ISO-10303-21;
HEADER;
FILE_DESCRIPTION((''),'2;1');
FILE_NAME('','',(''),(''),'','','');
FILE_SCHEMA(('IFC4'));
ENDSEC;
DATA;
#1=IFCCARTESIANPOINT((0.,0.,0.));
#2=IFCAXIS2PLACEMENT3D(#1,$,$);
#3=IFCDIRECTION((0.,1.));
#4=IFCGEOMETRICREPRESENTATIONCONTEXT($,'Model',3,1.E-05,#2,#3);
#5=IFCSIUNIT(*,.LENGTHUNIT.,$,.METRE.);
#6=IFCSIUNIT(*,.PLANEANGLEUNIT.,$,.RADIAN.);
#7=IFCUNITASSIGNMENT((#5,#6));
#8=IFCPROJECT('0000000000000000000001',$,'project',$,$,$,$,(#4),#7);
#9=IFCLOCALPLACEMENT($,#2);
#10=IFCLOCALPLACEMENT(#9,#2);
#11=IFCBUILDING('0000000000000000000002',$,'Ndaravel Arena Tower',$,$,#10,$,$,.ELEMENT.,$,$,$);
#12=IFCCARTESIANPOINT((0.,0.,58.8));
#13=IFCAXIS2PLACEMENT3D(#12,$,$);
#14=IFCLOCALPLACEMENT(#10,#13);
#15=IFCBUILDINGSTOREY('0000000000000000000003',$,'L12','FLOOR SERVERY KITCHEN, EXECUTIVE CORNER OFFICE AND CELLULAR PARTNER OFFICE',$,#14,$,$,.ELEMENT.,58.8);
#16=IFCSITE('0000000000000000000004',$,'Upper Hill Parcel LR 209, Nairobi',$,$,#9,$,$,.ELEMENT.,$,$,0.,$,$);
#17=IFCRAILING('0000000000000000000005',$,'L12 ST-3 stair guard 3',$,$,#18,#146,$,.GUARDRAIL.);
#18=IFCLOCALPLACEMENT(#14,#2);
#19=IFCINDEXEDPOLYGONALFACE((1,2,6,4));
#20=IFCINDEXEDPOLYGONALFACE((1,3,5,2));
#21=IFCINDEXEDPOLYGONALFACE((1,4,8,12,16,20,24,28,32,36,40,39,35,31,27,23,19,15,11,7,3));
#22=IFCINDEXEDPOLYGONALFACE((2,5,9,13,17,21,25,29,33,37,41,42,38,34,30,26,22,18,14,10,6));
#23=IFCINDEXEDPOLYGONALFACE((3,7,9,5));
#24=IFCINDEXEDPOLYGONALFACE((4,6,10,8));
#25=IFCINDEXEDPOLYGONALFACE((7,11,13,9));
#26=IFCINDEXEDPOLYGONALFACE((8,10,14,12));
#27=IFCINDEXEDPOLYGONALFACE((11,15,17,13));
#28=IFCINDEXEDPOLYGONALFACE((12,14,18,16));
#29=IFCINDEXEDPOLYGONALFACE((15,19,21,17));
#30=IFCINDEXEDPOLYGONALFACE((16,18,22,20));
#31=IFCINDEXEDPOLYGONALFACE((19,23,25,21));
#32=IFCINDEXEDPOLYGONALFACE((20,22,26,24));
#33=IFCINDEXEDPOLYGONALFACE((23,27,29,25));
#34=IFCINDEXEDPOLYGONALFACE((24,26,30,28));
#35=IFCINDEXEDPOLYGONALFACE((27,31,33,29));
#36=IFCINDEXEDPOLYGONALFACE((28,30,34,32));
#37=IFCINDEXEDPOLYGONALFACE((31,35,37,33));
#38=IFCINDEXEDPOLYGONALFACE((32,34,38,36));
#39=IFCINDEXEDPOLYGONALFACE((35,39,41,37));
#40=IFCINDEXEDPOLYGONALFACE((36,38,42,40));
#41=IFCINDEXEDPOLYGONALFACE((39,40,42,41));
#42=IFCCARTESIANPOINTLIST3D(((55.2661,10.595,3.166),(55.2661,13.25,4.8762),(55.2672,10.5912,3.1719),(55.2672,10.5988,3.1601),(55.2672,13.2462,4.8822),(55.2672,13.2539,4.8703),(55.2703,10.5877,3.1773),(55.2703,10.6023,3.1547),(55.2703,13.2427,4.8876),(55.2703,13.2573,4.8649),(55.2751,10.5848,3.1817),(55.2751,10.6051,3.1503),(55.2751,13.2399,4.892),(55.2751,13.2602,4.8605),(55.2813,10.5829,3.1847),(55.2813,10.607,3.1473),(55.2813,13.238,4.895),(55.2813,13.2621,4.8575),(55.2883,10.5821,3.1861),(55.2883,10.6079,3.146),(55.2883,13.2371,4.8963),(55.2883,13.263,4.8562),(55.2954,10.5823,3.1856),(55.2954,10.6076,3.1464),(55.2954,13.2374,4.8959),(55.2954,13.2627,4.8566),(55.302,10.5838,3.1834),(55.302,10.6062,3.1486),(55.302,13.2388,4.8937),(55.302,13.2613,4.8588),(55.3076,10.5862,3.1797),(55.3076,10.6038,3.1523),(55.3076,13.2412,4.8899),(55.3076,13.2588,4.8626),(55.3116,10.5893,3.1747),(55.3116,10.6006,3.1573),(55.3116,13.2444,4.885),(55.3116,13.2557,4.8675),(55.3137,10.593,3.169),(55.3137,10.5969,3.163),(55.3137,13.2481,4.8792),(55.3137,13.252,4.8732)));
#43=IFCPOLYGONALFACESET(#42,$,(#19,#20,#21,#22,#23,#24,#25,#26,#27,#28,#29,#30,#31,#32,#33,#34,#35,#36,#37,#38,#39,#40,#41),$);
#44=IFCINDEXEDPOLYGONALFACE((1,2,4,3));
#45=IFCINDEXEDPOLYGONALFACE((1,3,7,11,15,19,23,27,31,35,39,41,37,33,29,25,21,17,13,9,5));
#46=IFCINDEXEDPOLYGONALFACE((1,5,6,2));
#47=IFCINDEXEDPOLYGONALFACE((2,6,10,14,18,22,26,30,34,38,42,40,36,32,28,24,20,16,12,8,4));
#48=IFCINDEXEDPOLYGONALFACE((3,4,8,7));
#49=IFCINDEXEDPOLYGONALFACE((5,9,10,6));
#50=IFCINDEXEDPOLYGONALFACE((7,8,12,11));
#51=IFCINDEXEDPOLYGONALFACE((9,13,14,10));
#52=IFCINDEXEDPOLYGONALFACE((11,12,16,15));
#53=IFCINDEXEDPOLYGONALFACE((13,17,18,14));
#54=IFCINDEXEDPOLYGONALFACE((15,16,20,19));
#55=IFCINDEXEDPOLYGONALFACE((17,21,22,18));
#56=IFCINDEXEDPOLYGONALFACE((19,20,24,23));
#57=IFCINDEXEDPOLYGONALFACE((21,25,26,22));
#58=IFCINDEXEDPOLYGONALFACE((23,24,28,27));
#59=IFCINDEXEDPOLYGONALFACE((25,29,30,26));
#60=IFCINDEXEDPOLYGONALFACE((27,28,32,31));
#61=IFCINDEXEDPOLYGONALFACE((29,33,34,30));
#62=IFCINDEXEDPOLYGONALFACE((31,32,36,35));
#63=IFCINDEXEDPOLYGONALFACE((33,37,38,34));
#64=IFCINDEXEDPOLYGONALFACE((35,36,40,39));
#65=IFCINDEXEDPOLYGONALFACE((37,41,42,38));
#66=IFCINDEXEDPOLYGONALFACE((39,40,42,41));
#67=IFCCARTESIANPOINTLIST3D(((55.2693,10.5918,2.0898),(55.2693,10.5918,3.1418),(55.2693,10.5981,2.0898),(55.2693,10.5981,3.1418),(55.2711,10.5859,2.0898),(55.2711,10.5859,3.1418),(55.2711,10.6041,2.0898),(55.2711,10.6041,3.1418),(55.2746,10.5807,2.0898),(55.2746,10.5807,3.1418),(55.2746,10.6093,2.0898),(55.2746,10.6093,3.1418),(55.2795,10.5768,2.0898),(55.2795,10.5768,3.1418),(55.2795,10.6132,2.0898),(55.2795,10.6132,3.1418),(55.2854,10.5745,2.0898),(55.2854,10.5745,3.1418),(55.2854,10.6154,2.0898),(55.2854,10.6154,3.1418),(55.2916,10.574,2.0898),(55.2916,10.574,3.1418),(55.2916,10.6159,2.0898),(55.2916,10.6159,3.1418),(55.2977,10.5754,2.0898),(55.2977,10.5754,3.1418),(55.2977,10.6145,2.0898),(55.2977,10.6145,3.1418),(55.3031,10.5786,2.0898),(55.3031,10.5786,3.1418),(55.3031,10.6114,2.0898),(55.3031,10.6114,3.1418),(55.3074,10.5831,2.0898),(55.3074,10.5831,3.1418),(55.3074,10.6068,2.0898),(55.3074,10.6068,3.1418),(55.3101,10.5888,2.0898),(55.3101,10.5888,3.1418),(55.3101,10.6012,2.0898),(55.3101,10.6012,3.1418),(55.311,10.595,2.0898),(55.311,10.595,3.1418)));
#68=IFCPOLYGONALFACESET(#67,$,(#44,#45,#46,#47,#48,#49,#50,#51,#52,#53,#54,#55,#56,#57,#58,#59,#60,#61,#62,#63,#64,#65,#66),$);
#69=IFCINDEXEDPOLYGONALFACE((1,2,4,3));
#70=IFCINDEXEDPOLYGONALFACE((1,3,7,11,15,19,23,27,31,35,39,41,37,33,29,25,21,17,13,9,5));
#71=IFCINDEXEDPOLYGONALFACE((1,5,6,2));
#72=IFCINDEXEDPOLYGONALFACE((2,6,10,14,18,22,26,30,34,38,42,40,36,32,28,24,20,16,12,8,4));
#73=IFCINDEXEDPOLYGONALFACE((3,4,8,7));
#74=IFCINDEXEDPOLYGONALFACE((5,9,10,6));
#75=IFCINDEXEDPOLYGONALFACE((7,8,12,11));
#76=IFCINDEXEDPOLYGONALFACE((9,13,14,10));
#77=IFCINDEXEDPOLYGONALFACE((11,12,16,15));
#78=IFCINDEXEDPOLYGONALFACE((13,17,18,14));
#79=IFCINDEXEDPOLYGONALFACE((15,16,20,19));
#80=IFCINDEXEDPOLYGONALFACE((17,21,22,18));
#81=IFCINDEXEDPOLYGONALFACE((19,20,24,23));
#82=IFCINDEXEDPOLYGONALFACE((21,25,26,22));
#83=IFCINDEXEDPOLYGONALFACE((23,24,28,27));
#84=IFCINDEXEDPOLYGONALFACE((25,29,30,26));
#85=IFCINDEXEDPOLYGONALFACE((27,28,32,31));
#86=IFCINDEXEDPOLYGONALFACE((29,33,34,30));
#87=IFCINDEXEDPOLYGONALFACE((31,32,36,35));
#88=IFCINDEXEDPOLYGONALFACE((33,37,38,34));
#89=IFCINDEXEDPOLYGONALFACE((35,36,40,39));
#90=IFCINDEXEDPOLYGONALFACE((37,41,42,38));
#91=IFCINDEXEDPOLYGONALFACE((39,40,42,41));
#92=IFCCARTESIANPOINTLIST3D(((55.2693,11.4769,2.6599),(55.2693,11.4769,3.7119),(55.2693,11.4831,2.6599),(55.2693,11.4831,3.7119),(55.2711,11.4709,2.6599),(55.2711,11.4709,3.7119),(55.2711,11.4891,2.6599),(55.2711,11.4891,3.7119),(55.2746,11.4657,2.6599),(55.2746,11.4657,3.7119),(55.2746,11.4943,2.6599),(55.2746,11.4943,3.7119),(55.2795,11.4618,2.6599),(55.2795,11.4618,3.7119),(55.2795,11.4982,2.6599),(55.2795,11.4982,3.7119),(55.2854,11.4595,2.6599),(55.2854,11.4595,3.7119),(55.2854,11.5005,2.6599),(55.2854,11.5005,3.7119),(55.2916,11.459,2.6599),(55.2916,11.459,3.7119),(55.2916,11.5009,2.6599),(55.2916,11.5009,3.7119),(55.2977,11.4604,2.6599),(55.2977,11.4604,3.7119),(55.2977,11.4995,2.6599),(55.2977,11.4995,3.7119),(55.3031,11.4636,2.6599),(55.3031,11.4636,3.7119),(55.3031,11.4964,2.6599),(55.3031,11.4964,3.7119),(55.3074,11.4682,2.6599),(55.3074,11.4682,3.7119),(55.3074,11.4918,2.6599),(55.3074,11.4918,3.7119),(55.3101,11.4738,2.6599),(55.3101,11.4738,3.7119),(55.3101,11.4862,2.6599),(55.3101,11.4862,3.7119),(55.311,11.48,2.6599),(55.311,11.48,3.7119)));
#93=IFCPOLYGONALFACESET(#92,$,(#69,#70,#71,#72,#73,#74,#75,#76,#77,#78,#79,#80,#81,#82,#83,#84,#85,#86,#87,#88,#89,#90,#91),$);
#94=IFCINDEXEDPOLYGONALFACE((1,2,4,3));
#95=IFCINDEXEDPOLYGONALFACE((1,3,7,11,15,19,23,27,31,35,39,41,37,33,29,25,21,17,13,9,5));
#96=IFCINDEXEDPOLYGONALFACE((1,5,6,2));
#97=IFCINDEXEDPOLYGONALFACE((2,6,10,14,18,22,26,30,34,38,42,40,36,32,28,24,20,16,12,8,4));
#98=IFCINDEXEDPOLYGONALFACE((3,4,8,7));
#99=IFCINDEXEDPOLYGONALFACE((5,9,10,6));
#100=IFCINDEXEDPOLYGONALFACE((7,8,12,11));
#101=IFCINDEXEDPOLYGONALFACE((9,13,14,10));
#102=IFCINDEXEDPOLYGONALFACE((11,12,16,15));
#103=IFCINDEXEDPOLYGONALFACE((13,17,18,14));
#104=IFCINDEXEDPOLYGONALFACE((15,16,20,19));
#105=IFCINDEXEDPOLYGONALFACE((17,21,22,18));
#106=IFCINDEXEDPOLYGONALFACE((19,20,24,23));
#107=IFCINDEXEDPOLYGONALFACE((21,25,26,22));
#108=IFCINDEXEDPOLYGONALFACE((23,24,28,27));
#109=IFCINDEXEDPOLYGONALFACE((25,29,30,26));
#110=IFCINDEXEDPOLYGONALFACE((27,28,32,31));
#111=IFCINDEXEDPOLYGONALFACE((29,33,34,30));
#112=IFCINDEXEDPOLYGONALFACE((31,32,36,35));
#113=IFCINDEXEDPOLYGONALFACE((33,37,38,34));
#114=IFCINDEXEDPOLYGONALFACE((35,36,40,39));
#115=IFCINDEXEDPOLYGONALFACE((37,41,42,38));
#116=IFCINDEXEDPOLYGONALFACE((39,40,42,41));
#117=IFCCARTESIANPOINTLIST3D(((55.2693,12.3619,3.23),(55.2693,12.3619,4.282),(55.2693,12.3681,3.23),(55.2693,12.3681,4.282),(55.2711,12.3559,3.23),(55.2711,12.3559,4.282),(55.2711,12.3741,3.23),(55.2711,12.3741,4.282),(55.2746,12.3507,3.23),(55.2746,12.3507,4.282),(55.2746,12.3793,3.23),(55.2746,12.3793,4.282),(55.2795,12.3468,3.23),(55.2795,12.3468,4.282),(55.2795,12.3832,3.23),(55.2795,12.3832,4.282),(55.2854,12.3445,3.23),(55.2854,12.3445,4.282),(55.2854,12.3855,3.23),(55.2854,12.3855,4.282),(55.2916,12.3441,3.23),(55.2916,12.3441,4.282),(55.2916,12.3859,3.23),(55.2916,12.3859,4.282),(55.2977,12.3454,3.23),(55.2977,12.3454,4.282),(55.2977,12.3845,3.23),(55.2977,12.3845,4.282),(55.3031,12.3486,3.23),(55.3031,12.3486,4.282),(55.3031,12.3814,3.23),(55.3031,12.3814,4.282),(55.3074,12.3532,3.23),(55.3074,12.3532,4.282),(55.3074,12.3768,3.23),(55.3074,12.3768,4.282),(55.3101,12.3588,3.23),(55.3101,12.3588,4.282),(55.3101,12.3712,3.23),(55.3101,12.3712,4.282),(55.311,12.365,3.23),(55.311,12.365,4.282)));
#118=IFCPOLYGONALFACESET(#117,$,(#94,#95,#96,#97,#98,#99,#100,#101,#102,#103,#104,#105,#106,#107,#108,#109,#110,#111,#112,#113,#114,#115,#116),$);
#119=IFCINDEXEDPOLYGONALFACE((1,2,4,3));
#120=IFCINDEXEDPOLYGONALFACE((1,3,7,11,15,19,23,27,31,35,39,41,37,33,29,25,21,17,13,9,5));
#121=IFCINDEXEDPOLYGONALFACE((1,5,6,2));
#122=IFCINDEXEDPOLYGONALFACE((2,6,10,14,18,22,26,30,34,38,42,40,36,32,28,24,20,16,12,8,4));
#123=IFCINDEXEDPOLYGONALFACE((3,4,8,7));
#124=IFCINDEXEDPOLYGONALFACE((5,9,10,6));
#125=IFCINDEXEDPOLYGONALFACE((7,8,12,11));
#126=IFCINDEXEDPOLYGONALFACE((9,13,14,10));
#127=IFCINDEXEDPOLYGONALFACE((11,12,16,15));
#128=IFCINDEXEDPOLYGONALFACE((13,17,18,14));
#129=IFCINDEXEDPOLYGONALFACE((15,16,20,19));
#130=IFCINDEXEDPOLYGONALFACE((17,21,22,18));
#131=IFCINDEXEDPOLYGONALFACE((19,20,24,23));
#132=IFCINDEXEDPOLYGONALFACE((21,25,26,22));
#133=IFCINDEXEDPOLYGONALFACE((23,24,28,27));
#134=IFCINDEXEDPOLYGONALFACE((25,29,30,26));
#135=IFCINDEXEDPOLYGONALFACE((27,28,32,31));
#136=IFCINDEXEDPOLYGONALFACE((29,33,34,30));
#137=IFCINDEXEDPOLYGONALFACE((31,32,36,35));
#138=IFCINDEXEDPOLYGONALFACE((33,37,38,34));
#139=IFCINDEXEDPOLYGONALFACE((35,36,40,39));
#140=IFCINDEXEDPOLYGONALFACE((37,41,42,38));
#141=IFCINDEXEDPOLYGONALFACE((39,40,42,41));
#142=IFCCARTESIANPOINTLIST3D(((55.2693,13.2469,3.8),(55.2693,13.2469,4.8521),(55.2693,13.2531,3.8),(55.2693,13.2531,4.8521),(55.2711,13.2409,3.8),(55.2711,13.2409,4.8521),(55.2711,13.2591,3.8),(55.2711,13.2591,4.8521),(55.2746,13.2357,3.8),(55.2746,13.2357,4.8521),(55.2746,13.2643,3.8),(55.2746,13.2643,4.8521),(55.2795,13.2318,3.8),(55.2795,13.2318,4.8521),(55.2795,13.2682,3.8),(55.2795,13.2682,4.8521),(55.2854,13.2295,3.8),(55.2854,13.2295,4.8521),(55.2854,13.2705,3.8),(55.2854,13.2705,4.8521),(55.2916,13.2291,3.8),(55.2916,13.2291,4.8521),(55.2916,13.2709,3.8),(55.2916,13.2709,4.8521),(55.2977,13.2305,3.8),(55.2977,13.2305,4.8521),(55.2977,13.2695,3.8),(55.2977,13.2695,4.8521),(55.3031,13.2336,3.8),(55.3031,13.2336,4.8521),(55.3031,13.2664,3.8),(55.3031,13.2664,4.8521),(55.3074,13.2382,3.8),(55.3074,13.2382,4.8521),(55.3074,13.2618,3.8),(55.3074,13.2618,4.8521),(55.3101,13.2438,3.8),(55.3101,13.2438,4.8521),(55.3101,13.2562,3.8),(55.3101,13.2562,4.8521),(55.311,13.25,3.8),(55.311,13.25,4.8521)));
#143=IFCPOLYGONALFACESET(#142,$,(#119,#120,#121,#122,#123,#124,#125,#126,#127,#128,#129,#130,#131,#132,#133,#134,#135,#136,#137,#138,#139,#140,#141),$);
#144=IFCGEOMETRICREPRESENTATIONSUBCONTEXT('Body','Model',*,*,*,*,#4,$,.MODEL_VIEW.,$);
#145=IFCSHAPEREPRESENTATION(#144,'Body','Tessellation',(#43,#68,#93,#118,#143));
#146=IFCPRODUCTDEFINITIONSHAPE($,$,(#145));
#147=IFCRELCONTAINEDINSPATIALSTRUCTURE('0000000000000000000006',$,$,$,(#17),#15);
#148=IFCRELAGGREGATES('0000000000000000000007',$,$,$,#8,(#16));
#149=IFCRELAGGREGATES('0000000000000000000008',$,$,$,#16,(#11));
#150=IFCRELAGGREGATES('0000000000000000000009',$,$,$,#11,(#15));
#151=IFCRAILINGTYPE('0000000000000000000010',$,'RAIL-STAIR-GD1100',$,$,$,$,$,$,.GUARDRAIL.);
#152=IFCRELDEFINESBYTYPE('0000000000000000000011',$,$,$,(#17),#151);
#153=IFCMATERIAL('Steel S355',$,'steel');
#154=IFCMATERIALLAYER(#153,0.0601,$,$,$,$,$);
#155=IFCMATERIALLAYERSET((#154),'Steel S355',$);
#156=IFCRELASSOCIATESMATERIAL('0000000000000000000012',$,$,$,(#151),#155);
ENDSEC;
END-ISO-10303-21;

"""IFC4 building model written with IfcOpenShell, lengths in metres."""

from ifc_helpers import new_model, si_unit, direction, frame, origin, origin_2d, place, context, subcontext, project, spatial, circle, extrude, material, layer, layer_set, type_object, element, save


model = new_model("IFC4")

# Units and contexts
model_context = context("Model", 3, precision=1e-05, world=origin(), true_north=direction((0.0, 1.0)))
body_context = subcontext(model_context, "Body", "Model", "MODEL_VIEW")
ifc_project = project(units=[si_unit("LENGTHUNIT", "METRE"), si_unit("PLANEANGLEUNIT", "RADIAN")], contexts=[model_context])

# Site, building, storey
site_placement = place(None, origin())
site = spatial("IfcSite", under=ifc_project, at=site_placement, Name="Upper Hill Parcel LR 209, Nairobi", CompositionType="ELEMENT", RefElevation=0.0)
building_placement = place(site_placement, origin())
building = spatial("IfcBuilding", under=site, at=building_placement, Name="Ndaravel Arena Tower", CompositionType="ELEMENT")
storey_placement = place(building_placement, frame((0.0, 0.0, 58.8)))
storey = spatial("IfcBuildingStorey", under=building, at=storey_placement, Name="L12", Description="FLOOR SERVERY KITCHEN, EXECUTIVE CORNER OFFICE AND CELLULAR PARTNER OFFICE", CompositionType="ELEMENT", Elevation=58.8)

# Railing
ifc_material_1 = material(Name="Steel S355", Category="steel")
ifc_layer_1 = layer(ifc_material_1, 0.0601)
ifc_layer_set_1 = layer_set([ifc_layer_1], Name="Steel S355")
railing_type_1 = type_object("IfcRailingType", Name="RAIL-STAIR-GD1100", PredefinedType="GUARDRAIL", material=ifc_layer_set_1)
railing_1_placement = place(storey_placement, frame((55.29, 10.595, 2.0898)))
element("IfcRailing", 1, at=railing_1_placement, inside=storey, type_object=railing_type_1, Name="L12 ST-3 stair guard 3", PredefinedType="GUARDRAIL", context=body_context, shape_type="SweptSolid", body=[
    extrude(circle(Radius=0.0239, at=origin_2d()), frame((0.0, 0.0, 1.0762), z_axis=(0.0, 0.840688, 0.541519), x_axis=(-1.0, 0.0, 0.0)), (0.0, 0.0, 1.0), 3.1582),
    extrude(circle(Radius=0.021, at=origin_2d()), origin(), (0.0, 0.0, 1.0), 1.052),
    extrude(circle(Radius=0.021, at=origin_2d()), frame((0.0, 0.885, 0.5701)), (0.0, 0.0, 1.0), 1.052),
    extrude(circle(Radius=0.021, at=origin_2d()), frame((0.0, 1.77, 1.1401)), (0.0, 0.0, 1.0), 1.052),
    extrude(circle(Radius=0.021, at=origin_2d()), frame((0.0, 2.655, 1.7102)), (0.0, 0.0, 1.0), 1.052),
])

save(model, "model.ifc")
